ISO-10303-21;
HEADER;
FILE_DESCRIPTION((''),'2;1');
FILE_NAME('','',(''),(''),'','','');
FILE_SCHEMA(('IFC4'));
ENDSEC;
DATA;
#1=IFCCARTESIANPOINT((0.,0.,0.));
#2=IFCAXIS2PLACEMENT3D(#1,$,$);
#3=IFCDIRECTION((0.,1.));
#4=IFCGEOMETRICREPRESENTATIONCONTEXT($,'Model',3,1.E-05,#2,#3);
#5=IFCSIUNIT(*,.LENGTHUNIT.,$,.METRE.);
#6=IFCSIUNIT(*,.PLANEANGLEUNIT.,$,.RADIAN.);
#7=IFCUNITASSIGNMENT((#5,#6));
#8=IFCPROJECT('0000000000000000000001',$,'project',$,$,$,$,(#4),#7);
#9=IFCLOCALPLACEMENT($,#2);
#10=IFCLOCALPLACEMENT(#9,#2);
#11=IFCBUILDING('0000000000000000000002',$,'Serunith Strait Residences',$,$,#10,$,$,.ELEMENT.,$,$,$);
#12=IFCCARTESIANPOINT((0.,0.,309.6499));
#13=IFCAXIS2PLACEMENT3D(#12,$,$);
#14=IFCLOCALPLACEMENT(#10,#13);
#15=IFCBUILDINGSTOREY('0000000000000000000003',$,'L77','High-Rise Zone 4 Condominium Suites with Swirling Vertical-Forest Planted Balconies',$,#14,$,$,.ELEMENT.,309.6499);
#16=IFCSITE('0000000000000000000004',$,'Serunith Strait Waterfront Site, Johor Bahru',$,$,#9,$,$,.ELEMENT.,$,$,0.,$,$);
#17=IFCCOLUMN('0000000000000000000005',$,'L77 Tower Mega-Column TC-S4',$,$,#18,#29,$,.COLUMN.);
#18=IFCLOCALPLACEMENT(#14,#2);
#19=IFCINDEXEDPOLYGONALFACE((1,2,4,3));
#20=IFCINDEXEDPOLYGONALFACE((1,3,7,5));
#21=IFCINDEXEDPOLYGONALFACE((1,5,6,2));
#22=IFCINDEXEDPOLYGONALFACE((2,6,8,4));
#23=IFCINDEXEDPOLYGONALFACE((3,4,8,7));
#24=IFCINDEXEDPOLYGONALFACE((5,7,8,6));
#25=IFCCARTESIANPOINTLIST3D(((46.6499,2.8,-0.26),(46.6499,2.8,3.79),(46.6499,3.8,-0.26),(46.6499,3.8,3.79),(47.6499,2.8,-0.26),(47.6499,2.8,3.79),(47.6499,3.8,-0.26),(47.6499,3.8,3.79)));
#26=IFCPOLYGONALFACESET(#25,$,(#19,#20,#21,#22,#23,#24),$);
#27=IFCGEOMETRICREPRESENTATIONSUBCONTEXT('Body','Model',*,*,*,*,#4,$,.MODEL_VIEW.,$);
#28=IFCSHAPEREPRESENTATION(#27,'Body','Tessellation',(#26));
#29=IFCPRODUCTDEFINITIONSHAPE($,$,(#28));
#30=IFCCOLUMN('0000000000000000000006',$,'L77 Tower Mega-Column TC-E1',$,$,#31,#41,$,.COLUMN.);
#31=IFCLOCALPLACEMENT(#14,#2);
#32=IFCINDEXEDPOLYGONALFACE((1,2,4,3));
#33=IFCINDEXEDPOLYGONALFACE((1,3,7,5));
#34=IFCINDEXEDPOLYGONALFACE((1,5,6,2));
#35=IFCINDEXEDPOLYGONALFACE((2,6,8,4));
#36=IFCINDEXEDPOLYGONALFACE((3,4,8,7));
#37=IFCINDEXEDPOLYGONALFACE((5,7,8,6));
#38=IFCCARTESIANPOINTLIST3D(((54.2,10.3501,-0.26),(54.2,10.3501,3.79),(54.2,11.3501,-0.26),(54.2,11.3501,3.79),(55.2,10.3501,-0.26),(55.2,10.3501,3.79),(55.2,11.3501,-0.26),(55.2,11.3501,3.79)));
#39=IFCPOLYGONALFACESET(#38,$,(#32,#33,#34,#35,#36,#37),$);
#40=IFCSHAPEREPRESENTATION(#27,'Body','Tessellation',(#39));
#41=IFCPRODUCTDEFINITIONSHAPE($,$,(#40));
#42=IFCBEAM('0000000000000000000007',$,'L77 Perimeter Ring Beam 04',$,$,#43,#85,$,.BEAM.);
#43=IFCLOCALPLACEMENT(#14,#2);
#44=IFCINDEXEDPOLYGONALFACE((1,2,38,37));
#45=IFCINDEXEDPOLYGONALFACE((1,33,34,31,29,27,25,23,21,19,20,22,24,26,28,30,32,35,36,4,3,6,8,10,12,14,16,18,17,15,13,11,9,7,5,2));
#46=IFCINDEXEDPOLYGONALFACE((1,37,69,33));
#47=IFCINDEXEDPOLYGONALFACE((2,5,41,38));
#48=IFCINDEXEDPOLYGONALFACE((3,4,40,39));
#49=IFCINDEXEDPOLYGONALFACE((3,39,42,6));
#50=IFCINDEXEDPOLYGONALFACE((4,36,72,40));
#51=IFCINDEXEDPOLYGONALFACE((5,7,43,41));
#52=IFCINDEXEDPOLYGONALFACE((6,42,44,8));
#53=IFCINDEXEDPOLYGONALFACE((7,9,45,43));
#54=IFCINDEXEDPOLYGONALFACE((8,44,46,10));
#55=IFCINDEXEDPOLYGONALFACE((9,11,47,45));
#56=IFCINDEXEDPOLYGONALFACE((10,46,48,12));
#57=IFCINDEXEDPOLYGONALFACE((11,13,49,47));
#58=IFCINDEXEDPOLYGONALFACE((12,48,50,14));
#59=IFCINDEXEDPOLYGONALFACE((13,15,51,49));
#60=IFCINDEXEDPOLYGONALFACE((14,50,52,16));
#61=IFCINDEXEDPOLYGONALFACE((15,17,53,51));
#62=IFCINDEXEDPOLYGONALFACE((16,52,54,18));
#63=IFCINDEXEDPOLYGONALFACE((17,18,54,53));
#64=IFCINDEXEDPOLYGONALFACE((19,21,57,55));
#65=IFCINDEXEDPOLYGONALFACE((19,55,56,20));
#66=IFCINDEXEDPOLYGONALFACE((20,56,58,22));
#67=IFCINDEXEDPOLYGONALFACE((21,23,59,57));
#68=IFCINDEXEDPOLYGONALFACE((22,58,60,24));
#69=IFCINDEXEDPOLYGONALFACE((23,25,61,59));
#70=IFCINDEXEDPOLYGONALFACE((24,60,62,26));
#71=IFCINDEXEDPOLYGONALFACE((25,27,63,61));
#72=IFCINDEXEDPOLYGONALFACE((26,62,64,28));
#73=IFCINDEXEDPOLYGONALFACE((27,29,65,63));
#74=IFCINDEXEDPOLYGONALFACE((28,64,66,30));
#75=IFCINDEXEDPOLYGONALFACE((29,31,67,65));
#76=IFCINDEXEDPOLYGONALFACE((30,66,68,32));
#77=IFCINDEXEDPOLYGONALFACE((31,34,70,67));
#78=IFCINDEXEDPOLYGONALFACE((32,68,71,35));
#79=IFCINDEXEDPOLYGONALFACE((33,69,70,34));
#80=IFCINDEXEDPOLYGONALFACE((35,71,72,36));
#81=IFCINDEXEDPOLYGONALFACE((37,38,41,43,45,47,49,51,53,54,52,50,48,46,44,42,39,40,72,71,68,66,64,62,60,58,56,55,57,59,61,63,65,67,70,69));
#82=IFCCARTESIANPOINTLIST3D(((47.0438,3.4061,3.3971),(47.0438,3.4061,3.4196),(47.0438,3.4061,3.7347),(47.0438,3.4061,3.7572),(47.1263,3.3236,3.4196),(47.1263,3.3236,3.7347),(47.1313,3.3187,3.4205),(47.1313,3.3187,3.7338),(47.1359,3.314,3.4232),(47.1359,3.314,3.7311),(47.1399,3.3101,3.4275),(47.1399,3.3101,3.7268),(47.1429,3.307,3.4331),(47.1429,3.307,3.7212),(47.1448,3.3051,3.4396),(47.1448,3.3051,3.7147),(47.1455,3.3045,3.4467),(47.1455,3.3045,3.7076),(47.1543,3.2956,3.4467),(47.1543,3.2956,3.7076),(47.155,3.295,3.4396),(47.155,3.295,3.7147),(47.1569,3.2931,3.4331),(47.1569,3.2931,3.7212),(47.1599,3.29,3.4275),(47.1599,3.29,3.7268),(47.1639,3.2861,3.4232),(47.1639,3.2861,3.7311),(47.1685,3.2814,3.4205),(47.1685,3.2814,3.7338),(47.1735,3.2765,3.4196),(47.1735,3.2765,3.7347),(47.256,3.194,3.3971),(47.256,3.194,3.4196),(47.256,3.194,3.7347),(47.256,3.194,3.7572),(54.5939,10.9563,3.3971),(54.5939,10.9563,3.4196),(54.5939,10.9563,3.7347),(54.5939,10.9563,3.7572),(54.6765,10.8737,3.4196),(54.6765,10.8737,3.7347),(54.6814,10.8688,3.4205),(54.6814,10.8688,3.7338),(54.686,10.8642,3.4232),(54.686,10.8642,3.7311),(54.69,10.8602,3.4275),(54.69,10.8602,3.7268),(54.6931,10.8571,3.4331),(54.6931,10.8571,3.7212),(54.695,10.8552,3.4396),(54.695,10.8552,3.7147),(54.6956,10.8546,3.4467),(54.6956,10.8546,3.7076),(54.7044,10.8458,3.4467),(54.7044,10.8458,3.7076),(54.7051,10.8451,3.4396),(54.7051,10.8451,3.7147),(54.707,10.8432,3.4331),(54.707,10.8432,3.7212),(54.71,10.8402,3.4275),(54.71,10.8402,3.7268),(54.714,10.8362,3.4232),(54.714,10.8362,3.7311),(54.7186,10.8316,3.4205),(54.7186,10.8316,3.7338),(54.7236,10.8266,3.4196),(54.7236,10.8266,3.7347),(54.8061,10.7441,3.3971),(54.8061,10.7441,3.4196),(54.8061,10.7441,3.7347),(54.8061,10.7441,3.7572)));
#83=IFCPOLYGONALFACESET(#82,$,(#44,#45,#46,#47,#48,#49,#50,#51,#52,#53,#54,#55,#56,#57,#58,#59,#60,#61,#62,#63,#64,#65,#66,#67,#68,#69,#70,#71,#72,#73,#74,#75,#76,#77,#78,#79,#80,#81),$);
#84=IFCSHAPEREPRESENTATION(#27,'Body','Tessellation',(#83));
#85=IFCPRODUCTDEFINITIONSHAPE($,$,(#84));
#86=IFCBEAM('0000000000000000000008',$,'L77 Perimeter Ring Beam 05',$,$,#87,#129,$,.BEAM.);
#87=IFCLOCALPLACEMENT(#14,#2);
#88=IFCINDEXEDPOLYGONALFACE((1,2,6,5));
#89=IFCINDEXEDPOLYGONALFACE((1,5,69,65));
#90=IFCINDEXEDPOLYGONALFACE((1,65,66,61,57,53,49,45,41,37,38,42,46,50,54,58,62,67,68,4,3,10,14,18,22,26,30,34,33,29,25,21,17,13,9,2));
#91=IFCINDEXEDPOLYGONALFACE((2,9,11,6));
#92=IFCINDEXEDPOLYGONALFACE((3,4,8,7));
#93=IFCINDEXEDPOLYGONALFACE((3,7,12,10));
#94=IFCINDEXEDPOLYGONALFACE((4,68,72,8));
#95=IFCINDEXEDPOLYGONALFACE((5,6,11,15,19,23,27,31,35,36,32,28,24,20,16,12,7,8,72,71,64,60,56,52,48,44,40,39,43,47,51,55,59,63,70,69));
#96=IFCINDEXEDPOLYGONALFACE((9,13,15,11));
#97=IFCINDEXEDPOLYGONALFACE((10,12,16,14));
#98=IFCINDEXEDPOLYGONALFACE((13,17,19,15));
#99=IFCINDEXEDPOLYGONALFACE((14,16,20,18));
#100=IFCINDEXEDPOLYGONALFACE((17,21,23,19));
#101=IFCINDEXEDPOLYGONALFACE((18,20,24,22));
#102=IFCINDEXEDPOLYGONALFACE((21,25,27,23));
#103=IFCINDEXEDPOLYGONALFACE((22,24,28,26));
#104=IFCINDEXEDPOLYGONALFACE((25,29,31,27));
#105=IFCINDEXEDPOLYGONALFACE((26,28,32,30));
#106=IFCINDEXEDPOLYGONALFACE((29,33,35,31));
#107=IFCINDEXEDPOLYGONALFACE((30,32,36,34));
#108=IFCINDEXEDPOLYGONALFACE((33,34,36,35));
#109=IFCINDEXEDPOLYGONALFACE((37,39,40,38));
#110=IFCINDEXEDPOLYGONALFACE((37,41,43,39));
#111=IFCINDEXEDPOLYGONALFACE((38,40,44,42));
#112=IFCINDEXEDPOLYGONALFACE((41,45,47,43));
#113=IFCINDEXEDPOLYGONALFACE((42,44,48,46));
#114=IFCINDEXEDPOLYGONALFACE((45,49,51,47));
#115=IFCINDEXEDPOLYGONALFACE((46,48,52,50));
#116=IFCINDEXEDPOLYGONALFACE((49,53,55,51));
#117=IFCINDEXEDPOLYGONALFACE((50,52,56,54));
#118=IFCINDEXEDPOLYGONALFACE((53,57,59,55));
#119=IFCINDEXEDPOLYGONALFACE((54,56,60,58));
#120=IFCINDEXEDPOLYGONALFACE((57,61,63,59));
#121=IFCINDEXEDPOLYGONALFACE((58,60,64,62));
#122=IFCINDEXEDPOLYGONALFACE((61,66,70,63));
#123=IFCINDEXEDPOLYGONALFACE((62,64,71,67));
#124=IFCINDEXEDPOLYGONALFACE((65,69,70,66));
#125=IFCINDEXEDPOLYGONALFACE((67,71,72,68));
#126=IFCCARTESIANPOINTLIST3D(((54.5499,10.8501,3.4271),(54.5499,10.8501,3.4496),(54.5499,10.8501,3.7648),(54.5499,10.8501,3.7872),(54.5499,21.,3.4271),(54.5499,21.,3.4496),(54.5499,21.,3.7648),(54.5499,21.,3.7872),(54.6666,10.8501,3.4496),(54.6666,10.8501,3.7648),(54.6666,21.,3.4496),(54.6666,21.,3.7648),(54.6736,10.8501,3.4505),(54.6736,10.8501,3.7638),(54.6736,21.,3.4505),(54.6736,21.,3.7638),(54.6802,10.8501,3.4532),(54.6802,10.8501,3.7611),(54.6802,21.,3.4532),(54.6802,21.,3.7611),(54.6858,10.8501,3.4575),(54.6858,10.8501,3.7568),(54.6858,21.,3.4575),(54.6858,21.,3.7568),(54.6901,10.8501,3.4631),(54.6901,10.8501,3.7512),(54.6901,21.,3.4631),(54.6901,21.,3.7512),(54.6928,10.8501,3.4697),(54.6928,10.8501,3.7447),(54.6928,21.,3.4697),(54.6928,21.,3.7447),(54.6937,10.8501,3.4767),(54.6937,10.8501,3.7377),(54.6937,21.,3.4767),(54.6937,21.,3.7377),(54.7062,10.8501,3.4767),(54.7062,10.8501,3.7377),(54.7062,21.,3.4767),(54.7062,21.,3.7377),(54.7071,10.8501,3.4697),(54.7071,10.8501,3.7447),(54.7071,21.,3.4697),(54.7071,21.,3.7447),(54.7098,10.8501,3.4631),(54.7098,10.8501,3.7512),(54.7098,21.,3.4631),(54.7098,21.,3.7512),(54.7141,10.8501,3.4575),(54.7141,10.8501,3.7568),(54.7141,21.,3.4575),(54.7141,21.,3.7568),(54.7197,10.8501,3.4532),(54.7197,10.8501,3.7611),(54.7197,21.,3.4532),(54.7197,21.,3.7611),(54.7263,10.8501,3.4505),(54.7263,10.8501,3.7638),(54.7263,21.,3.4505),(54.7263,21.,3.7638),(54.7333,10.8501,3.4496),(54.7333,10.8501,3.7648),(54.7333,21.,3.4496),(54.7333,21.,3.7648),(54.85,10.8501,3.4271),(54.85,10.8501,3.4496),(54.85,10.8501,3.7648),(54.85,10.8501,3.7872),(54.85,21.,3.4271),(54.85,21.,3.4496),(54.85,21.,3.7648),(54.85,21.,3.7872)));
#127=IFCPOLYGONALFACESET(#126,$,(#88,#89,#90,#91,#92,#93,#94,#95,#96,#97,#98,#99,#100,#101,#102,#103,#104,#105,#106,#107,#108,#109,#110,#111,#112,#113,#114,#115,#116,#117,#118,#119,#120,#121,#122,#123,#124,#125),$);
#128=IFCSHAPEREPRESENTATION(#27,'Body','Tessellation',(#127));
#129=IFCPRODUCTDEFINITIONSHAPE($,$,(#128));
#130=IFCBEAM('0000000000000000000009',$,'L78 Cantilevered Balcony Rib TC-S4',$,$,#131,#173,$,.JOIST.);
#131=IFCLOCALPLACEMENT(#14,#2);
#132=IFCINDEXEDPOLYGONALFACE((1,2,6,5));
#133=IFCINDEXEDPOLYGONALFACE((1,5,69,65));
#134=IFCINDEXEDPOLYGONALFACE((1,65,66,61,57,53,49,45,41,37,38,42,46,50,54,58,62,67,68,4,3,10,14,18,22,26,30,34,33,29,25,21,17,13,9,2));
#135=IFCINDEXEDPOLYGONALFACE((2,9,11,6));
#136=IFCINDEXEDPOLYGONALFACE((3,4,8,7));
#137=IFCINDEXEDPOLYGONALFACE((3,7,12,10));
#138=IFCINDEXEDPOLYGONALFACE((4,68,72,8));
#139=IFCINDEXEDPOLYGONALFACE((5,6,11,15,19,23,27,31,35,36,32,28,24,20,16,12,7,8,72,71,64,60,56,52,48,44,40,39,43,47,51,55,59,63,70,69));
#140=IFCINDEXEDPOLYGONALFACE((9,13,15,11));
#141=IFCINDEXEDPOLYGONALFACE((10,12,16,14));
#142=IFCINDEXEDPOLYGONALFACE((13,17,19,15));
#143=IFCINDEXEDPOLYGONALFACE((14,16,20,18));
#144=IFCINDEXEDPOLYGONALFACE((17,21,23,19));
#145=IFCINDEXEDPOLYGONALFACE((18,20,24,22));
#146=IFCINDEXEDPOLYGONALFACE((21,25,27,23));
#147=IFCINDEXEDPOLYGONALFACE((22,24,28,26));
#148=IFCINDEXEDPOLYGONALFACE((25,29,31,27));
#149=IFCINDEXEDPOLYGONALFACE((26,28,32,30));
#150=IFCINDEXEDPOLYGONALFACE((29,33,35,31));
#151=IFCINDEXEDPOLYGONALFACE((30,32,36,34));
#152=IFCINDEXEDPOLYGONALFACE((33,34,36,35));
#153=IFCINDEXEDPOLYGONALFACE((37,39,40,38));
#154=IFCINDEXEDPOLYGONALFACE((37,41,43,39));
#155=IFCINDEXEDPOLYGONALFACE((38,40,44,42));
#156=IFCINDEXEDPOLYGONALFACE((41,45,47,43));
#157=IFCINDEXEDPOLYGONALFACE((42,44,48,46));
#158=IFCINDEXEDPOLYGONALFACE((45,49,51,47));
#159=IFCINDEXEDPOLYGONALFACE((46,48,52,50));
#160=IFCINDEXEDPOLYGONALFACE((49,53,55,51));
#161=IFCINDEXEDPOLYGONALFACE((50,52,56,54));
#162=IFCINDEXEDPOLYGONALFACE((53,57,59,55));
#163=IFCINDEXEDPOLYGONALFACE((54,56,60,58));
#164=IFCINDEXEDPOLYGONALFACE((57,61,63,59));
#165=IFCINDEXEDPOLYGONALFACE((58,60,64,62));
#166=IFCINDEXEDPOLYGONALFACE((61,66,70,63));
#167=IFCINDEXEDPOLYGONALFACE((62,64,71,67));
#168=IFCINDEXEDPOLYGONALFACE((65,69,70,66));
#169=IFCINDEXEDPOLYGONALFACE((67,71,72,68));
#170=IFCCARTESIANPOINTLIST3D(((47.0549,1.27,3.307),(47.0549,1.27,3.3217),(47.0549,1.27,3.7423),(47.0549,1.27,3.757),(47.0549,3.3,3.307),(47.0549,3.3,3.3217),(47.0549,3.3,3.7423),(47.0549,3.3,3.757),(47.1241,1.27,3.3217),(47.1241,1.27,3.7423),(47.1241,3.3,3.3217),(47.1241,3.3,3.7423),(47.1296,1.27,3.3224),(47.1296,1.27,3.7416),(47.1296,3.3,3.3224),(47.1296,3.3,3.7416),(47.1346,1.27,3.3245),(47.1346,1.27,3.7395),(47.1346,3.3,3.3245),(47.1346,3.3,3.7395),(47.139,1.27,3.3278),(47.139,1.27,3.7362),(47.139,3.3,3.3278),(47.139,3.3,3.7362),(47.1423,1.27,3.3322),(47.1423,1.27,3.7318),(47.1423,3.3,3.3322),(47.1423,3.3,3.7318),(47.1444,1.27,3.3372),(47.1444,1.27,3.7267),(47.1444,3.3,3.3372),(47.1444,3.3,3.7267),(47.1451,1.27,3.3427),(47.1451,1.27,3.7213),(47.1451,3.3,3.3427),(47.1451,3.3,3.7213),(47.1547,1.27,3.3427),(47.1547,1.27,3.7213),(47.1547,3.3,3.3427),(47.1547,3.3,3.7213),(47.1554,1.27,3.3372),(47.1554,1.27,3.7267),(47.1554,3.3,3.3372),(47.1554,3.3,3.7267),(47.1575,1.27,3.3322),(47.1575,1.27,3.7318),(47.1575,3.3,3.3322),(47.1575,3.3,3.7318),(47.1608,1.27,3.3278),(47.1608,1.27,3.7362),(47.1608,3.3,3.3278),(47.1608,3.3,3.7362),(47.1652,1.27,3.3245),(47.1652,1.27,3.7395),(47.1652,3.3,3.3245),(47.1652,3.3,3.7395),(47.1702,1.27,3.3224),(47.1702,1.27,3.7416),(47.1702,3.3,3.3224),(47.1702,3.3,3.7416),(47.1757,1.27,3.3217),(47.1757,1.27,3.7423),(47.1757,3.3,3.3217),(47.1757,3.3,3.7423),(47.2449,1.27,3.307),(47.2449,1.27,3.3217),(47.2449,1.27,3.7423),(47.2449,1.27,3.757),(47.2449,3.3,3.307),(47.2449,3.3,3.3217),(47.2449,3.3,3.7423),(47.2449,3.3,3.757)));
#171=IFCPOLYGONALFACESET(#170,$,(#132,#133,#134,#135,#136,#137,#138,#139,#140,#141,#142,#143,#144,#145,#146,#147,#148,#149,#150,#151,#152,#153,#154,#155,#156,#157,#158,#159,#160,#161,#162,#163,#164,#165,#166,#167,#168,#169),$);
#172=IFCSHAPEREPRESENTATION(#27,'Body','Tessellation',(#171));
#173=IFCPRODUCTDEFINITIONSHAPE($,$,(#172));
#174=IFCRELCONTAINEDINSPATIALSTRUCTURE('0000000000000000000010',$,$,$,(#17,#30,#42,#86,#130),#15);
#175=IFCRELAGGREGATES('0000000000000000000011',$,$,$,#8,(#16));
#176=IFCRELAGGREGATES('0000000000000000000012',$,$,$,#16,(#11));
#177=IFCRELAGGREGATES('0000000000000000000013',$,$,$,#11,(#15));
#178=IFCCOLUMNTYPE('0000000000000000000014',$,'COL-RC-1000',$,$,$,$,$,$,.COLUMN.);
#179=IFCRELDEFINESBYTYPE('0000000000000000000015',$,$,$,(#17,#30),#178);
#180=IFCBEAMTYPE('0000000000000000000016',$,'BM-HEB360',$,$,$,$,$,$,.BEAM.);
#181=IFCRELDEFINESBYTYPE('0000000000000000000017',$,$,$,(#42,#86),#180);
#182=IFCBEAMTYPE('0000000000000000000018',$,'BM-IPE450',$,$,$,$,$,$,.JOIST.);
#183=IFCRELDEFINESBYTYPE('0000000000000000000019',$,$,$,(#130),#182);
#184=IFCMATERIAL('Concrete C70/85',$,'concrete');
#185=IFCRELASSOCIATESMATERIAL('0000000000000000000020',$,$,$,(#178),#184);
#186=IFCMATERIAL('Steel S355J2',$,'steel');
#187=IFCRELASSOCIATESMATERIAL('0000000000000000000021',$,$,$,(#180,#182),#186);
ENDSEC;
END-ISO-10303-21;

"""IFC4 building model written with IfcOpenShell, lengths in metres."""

from ifc_helpers import new_model, si_unit, direction, frame, origin, origin_2d, place, context, subcontext, project, spatial, rectangle, i_section, extrude, source, transform, mapped, material, material_profile, profile_set, type_object, element, save


model = new_model("IFC4")

# Units and contexts
model_context = context("Model", 3, precision=1e-05, world=origin(), true_north=direction((0.0, 1.0)))
body_context = subcontext(model_context, "Body", "Model", "MODEL_VIEW")
ifc_project = project(units=[si_unit("LENGTHUNIT", "METRE"), si_unit("PLANEANGLEUNIT", "RADIAN")], contexts=[model_context])

# Site, building, storey
site_placement = place(None, origin())
site = spatial("IfcSite", under=ifc_project, at=site_placement, Name="Serunith Strait Waterfront Site, Johor Bahru", CompositionType="ELEMENT", RefElevation=0.0)
building_placement = place(site_placement, origin())
building = spatial("IfcBuilding", under=site, at=building_placement, Name="Serunith Strait Residences", CompositionType="ELEMENT")
storey_placement = place(building_placement, frame((0.0, 0.0, 309.6499)))
storey = spatial("IfcBuildingStorey", under=building, at=storey_placement, Name="L77", Description="High-Rise Zone 4 Condominium Suites with Swirling Vertical-Forest Planted Balconies", CompositionType="ELEMENT", Elevation=309.6499)

# Columns
ifc_material_1 = material(Name="Concrete C70/85", Category="concrete")
ifc_material_profile_1 = material_profile(ifc_material_1, rectangle(XDim=1.0, YDim=1.0, at=origin_2d()), Name="RC 1000x1000")
ifc_profile_set_1 = profile_set([ifc_material_profile_1], Name="Concrete C70/85")
column_type = type_object("IfcColumnType", Name="COL-RC-1000", PredefinedType="COLUMN", material=ifc_profile_set_1)
shared_shape_1 = source(origin(), body_context, "Body", "SweptSolid", [
    extrude(rectangle(XDim=1.0, YDim=1.0, at=origin_2d()), origin(), (0.0, 0.0, 1.0), 4.05),
])
for number, where, z_axis, x_axis, name in (
    (1, (47.1499, 3.3, -0.26), (0.0, 0.0, 1.0), (1.0, 0.0, 0.0), "L77 Tower Mega-Column TC-S4"),
    (2, (54.7, 10.8501, -0.26), (0.0, 0.0, 1.0), (1.0, 0.0, 0.0), "L77 Tower Mega-Column TC-E1"),
):
    element("IfcColumn", number, at=place(storey_placement, frame(where, z_axis=z_axis, x_axis=x_axis)), inside=storey, type_object=column_type, Name=name, PredefinedType="COLUMN", context=body_context, shape_type="MappedRepresentation", body=[
        mapped(shared_shape_1, transform((0.0, 0.0, 0.0), scale=1.0)),
    ])

# Beams
ifc_material_2 = material(Name="Steel S355J2", Category="steel")
ifc_material_profile_2 = material_profile(ifc_material_2, i_section(OverallWidth=0.3, OverallDepth=0.3601, WebThickness=0.0125, FlangeThickness=0.0225, FilletRadius=0.0271, at=origin_2d()), Name="HEB 360")
ifc_profile_set_2 = profile_set([ifc_material_profile_2], Name="Steel S355J2")
beam_type_1 = type_object("IfcBeamType", Name="BM-HEB360", PredefinedType="BEAM", material=ifc_profile_set_2)
shared_shape_2 = source(origin(), body_context, "Body", "SweptSolid", [
    extrude(i_section(OverallWidth=0.3, OverallDepth=0.3601, WebThickness=0.0125, FlangeThickness=0.0225, FilletRadius=0.0271, at=origin_2d()), origin(), (0.0, 0.0, 1.0), 10.6775),
])
beam_1_placement = place(storey_placement, frame((47.1499, 3.3, 3.5771), z_axis=(0.707107, 0.707107, 0.0), x_axis=(-0.707107, 0.707107, 0.0)))
element("IfcBeam", 3, at=beam_1_placement, inside=storey, type_object=beam_type_1, Name="L77 Perimeter Ring Beam 04", PredefinedType="BEAM", context=body_context, shape_type="MappedRepresentation", body=[
    mapped(shared_shape_2, transform((0.0, 0.0, 0.0), scale=1.0)),
])
shared_shape_3 = source(origin(), body_context, "Body", "SweptSolid", [
    extrude(i_section(OverallWidth=0.3, OverallDepth=0.3601, WebThickness=0.0125, FlangeThickness=0.0225, FilletRadius=0.0271, at=origin_2d()), origin(), (0.0, 0.0, 1.0), 10.1499),
])
beam_2_placement = place(storey_placement, frame((54.7, 10.8501, 3.6072), z_axis=(0.0, 1.0, 0.0), x_axis=(-1.0, 0.0, 0.0)))
element("IfcBeam", 4, at=beam_2_placement, inside=storey, type_object=beam_type_1, Name="L77 Perimeter Ring Beam 05", PredefinedType="BEAM", context=body_context, shape_type="MappedRepresentation", body=[
    mapped(shared_shape_3, transform((0.0, 0.0, 0.0), scale=1.0)),
])
ifc_material_profile_3 = material_profile(ifc_material_2, i_section(OverallWidth=0.1899, OverallDepth=0.45, WebThickness=0.0095, FlangeThickness=0.0146, FilletRadius=0.021, at=origin_2d()), Name="IPE 450")
ifc_profile_set_3 = profile_set([ifc_material_profile_3], Name="Steel S355J2")
beam_type_2 = type_object("IfcBeamType", Name="BM-IPE450", PredefinedType="JOIST", material=ifc_profile_set_3)
shared_shape_4 = source(origin(), body_context, "Body", "SweptSolid", [
    extrude(i_section(OverallWidth=0.1899, OverallDepth=0.45, WebThickness=0.0095, FlangeThickness=0.0146, FilletRadius=0.021, at=origin_2d()), origin(), (0.0, 0.0, 1.0), 2.03),
])
beam_3_placement = place(storey_placement, frame((47.1499, 3.3, 3.532), z_axis=(0.0, -1.0, 0.0), x_axis=(1.0, 0.0, 0.0)))
element("IfcBeam", 5, at=beam_3_placement, inside=storey, type_object=beam_type_2, Name="L78 Cantilevered Balcony Rib TC-S4", PredefinedType="JOIST", context=body_context, shape_type="MappedRepresentation", body=[
    mapped(shared_shape_4, transform((0.0, 0.0, 0.0), scale=1.0)),
])

save(model, "model.ifc")
